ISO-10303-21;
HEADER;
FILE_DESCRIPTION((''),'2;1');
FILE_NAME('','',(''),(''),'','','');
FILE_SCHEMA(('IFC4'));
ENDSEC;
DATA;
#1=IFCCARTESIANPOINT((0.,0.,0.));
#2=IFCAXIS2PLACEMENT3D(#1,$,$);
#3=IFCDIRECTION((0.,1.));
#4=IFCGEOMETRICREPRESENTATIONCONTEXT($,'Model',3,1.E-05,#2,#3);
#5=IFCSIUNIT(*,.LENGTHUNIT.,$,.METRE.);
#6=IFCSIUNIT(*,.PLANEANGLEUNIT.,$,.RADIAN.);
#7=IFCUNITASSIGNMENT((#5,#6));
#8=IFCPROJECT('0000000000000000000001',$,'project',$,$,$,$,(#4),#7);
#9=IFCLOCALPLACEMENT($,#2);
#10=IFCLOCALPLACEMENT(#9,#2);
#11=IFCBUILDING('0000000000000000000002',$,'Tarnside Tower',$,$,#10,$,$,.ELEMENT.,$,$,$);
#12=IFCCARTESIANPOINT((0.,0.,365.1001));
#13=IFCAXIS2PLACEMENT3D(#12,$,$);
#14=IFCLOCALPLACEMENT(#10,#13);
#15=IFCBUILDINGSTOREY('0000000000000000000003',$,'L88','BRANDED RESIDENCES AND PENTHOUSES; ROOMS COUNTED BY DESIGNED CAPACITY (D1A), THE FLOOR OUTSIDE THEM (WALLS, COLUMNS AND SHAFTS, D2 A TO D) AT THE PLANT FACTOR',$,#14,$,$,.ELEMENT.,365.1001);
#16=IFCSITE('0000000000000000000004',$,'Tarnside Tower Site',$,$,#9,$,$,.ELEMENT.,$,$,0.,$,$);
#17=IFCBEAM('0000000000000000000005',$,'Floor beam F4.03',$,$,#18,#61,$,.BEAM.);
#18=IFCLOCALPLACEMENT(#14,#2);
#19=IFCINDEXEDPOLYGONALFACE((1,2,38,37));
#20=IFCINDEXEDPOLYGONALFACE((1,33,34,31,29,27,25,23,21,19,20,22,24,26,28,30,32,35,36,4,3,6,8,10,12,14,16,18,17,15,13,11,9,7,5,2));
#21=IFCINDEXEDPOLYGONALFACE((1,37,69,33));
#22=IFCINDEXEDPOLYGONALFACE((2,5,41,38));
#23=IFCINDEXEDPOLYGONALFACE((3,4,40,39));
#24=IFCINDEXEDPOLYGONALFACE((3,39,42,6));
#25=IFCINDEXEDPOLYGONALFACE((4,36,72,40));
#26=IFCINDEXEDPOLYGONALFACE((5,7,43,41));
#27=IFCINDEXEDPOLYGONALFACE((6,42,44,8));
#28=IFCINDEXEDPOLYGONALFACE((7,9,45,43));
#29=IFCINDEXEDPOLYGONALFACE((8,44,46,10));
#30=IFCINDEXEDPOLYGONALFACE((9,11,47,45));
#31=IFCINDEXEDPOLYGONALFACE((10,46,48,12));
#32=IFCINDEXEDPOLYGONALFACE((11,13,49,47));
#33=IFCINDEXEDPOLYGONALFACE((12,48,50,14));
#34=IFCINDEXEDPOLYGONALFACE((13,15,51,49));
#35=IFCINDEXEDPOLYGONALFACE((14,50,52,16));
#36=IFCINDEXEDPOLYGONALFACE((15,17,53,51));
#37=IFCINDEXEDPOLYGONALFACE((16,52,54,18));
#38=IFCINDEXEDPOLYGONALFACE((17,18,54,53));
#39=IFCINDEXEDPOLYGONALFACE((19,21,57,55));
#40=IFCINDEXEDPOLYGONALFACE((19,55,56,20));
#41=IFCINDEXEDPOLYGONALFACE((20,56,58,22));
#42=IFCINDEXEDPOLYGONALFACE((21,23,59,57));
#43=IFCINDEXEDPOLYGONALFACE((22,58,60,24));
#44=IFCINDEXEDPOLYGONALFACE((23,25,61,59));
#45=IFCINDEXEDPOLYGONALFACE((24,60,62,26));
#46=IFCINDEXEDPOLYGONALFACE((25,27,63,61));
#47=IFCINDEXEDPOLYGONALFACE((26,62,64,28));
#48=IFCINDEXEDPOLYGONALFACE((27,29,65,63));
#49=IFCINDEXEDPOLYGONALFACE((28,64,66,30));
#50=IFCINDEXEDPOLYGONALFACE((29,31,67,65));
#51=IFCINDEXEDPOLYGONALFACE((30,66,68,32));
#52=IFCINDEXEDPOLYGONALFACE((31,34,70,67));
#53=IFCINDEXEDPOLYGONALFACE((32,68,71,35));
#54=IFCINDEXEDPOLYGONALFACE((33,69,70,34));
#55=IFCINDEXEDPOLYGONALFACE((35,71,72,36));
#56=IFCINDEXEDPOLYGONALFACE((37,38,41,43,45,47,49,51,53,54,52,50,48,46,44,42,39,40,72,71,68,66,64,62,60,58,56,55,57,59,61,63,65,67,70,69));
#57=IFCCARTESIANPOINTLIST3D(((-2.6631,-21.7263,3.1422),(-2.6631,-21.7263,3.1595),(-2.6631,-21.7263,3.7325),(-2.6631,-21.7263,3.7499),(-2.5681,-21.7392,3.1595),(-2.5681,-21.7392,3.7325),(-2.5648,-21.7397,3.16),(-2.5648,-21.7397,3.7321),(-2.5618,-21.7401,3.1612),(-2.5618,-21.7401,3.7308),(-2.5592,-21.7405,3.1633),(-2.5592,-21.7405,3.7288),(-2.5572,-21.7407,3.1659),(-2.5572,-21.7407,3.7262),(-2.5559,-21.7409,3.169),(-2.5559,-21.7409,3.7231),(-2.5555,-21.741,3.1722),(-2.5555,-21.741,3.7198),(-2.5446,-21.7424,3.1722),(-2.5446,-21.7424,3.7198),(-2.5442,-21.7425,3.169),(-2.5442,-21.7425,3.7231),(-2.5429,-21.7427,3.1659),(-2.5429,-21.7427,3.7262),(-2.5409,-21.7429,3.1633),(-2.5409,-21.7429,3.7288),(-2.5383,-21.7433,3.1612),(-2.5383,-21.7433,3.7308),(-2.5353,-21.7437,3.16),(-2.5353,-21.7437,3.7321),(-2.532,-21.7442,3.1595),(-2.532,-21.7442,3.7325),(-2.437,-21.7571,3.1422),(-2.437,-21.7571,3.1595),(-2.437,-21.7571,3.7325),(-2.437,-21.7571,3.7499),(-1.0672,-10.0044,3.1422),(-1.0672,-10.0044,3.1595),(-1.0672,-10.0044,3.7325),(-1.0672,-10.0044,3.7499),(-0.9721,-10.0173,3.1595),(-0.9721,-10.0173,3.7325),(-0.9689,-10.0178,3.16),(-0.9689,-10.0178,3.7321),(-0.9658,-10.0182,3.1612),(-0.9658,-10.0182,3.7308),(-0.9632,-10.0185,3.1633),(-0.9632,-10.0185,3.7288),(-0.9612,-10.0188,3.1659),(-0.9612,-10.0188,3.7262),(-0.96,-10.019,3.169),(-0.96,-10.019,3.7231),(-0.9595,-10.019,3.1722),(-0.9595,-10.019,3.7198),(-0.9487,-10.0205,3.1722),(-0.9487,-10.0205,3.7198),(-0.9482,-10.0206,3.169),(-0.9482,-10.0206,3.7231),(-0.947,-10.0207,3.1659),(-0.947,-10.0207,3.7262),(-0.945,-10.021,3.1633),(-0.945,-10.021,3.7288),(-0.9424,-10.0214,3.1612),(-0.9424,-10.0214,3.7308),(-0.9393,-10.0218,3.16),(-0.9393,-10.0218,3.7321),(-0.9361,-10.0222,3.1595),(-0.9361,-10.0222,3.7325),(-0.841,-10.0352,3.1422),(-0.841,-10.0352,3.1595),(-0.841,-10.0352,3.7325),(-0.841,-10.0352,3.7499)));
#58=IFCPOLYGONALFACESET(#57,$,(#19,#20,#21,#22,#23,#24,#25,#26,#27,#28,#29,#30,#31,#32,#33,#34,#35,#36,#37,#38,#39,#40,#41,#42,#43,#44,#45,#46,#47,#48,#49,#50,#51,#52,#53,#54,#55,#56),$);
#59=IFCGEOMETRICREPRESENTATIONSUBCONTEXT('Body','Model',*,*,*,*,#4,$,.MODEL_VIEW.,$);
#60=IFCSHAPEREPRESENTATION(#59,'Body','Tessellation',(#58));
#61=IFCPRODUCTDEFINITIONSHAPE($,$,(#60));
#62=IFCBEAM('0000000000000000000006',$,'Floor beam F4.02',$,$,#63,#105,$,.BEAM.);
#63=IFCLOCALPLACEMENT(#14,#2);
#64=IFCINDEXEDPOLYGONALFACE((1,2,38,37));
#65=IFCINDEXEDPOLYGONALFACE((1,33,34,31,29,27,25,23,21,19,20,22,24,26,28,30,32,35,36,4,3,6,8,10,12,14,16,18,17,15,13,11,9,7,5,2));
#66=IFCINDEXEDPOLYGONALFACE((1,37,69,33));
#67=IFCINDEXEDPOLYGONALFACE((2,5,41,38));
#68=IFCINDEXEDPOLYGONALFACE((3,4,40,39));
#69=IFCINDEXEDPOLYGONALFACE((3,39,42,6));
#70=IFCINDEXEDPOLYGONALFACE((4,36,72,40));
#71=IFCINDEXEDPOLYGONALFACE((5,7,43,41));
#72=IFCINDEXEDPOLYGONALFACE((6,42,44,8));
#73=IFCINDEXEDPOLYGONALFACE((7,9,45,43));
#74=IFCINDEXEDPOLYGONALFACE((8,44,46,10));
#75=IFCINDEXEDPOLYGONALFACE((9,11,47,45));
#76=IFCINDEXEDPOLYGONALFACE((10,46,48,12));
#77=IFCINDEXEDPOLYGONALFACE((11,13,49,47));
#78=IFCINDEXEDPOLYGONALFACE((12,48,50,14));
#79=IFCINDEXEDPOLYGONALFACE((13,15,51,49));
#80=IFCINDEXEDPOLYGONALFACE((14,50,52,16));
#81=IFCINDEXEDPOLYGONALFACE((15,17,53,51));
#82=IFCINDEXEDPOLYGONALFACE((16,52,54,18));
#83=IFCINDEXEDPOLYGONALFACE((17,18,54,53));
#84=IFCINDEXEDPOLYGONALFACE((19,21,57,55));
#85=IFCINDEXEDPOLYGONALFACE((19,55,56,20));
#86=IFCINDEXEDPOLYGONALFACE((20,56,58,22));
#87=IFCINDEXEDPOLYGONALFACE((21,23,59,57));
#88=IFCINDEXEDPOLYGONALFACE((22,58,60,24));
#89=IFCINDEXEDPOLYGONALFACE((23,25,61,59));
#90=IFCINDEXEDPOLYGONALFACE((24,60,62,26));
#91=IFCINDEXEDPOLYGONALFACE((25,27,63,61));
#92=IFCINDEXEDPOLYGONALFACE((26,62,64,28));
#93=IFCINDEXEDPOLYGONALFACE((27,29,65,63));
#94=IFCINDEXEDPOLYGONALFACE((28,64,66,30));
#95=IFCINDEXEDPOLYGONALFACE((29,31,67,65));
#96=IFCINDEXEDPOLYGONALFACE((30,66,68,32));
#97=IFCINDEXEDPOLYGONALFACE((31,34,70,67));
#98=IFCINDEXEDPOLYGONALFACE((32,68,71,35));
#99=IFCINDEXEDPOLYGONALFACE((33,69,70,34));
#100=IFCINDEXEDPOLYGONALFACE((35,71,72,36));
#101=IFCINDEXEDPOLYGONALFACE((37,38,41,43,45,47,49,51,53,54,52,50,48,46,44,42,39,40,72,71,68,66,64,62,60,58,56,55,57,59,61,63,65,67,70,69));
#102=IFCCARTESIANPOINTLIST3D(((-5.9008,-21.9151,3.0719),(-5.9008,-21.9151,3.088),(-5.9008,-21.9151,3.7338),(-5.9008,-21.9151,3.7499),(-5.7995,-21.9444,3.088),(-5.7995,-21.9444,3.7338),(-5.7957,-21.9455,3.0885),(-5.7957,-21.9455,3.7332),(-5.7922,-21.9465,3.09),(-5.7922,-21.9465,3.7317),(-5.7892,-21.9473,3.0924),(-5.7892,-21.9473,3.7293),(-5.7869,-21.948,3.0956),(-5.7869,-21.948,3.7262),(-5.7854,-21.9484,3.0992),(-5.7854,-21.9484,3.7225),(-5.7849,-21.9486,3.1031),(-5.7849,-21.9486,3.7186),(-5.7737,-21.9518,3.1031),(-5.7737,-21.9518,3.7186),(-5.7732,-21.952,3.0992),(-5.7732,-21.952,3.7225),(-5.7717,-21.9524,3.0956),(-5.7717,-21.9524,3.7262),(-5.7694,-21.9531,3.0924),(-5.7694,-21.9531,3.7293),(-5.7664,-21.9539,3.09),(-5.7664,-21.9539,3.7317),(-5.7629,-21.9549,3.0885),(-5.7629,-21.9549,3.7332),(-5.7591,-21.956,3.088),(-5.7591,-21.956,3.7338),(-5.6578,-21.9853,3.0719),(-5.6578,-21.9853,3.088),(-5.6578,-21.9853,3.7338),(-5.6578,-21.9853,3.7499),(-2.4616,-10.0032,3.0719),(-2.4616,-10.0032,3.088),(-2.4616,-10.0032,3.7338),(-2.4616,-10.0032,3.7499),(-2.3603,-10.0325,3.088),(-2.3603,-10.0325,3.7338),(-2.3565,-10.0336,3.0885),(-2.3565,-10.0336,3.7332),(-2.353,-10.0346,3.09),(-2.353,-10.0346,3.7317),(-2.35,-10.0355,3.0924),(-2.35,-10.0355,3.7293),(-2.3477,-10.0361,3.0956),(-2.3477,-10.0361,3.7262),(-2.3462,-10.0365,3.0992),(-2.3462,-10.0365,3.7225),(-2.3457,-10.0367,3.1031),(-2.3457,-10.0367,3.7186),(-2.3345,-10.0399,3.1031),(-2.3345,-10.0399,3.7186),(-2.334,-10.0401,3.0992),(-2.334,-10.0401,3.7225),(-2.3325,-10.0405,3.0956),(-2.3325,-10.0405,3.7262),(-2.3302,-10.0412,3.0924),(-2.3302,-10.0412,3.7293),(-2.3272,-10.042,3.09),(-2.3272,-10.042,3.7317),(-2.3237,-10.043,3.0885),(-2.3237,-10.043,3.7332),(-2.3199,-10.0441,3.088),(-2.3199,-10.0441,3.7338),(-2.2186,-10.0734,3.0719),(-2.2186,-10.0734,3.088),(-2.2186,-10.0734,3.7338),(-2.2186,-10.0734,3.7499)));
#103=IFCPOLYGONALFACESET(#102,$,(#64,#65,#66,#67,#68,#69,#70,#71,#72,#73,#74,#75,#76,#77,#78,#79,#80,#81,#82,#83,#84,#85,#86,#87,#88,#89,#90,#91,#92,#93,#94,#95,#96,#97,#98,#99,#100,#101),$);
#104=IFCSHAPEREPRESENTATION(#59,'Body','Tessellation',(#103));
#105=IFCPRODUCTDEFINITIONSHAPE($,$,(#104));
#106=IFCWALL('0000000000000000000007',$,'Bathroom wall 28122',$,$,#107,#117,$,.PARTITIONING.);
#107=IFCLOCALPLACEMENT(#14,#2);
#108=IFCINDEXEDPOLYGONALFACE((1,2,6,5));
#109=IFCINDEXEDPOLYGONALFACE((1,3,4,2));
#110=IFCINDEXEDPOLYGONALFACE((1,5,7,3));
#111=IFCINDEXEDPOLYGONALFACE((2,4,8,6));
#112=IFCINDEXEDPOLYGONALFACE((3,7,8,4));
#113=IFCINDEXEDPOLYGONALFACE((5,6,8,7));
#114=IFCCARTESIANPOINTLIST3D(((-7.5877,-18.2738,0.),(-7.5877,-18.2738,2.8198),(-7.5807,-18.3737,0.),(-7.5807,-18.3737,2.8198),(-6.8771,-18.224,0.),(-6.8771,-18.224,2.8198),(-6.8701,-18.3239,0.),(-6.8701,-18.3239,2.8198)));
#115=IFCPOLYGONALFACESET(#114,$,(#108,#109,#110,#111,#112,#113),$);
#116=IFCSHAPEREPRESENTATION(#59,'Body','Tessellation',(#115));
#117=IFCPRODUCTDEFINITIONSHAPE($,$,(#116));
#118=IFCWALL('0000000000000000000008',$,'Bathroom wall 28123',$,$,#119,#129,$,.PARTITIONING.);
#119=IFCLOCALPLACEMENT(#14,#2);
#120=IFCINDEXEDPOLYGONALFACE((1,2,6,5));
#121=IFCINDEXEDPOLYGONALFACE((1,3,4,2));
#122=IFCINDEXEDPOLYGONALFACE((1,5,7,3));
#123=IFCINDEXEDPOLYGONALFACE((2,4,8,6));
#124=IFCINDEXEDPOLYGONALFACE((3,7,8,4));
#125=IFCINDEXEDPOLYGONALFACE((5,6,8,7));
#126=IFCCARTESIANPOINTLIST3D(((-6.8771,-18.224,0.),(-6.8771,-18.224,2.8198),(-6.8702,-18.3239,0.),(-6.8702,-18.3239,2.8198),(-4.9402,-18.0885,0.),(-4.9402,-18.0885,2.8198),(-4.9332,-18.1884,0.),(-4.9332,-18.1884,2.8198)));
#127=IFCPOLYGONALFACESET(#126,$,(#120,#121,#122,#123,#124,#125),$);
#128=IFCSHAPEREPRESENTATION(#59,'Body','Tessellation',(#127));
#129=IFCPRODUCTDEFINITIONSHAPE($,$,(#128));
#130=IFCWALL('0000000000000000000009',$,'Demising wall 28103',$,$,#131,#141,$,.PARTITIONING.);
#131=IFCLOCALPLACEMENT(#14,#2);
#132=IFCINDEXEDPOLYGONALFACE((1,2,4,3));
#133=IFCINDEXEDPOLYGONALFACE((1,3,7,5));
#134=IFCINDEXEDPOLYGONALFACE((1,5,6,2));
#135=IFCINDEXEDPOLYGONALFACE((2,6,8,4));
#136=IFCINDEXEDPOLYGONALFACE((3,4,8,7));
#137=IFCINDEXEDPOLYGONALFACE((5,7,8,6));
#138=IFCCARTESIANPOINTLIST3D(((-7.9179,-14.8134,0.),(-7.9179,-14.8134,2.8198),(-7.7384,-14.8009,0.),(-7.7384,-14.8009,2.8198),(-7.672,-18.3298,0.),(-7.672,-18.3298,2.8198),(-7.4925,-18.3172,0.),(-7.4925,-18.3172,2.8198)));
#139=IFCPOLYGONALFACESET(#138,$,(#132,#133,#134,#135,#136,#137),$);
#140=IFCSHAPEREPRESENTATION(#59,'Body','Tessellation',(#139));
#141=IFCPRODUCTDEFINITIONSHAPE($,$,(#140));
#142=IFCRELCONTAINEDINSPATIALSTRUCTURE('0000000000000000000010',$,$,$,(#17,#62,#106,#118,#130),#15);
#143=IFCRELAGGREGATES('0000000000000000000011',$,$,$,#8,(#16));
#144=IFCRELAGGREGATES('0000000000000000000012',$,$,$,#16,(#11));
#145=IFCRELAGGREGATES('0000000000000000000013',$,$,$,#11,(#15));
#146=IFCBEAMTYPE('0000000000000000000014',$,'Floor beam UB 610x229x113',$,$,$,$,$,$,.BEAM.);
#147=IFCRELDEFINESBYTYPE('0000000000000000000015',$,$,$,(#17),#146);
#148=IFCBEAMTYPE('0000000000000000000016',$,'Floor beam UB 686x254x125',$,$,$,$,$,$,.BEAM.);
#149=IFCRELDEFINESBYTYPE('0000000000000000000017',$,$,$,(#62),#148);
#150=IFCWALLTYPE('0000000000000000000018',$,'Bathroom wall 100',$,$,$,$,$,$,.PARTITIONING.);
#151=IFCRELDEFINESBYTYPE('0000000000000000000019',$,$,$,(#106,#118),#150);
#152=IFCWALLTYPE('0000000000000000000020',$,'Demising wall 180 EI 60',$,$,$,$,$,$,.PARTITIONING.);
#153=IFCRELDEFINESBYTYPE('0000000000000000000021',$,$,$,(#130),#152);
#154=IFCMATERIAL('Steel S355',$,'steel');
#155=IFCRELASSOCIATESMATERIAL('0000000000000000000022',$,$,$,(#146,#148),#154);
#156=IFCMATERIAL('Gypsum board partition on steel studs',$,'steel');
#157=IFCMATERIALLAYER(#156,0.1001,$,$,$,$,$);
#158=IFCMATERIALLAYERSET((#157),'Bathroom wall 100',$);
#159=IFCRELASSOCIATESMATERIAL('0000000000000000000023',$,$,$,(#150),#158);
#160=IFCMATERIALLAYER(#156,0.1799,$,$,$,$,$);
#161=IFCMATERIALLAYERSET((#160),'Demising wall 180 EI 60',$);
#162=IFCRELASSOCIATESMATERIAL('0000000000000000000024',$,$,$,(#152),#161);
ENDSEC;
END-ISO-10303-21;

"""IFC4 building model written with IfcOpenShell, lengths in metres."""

from ifc_helpers import new_model, si_unit, direction, frame, frame_2d, origin, origin_2d, place, context, subcontext, project, spatial, rectangle, i_section, extrude, material, layer, layer_set, material_profile, profile_set, type_object, element, save


model = new_model("IFC4")

# Units and contexts
model_context = context("Model", 3, precision=1e-05, world=origin(), true_north=direction((0.0, 1.0)))
body_context = subcontext(model_context, "Body", "Model", "MODEL_VIEW")
ifc_project = project(units=[si_unit("LENGTHUNIT", "METRE"), si_unit("PLANEANGLEUNIT", "RADIAN")], contexts=[model_context])

# Site, building, storey
site_placement = place(None, origin())
site = spatial("IfcSite", under=ifc_project, at=site_placement, Name="Tarnside Tower Site", CompositionType="ELEMENT", RefElevation=0.0)
building_placement = place(site_placement, origin())
building = spatial("IfcBuilding", under=site, at=building_placement, Name="Tarnside Tower", CompositionType="ELEMENT")
storey_placement = place(building_placement, frame((0.0, 0.0, 365.1001)))
storey = spatial("IfcBuildingStorey", under=building, at=storey_placement, Name="L88", Description="BRANDED RESIDENCES AND PENTHOUSES; ROOMS COUNTED BY DESIGNED CAPACITY (D1A), THE FLOOR OUTSIDE THEM (WALLS, COLUMNS AND SHAFTS, D2 A TO D) AT THE PLANT FACTOR", CompositionType="ELEMENT", Elevation=365.1001)

# Beams
ifc_material_1 = material(Name="Steel S355", Category="steel")
ifc_material_profile_1 = material_profile(ifc_material_1, i_section(OverallWidth=0.2283, OverallDepth=0.6077, WebThickness=0.011, FlangeThickness=0.0173, FilletRadius=0.0127, at=origin_2d()), Name="UB 610x229x113")
ifc_profile_set_1 = profile_set([ifc_material_profile_1], Name="Steel S355")
beam_type_1 = type_object("IfcBeamType", Name="Floor beam UB 610x229x113", PredefinedType="BEAM", material=ifc_profile_set_1)
beam_1_placement = place(storey_placement, frame((-2.55, -21.7417, 3.446), z_axis=(0.134906, 0.990858, 0.0), x_axis=(-0.990858, 0.134906, 0.0)))
element("IfcBeam", 1, at=beam_1_placement, inside=storey, type_object=beam_type_1, Name="Floor beam F4.03", PredefinedType="BEAM", context=body_context, shape_type="SweptSolid", body=[
    extrude(i_section(OverallWidth=0.2283, OverallDepth=0.6077, WebThickness=0.011, FlangeThickness=0.0173, FilletRadius=0.0127, at=origin_2d()), origin(), (0.0, 0.0, 1.0), 11.8301),
])
ifc_material_profile_2 = material_profile(ifc_material_1, i_section(OverallWidth=0.2529, OverallDepth=0.678, WebThickness=0.0117, FlangeThickness=0.0161, FilletRadius=0.0151, at=origin_2d()), Name="UB 686x254x125")
ifc_profile_set_2 = profile_set([ifc_material_profile_2], Name="Steel S355")
beam_type_2 = type_object("IfcBeamType", Name="Floor beam UB 686x254x125", PredefinedType="BEAM", material=ifc_profile_set_2)
beam_2_placement = place(storey_placement, frame((-5.7793, -21.9502, 3.4109), z_axis=(0.277391, 0.960757, 0.0), x_axis=(-0.960757, 0.277391, 0.0)))
element("IfcBeam", 2, at=beam_2_placement, inside=storey, type_object=beam_type_2, Name="Floor beam F4.02", PredefinedType="BEAM", context=body_context, shape_type="SweptSolid", body=[
    extrude(i_section(OverallWidth=0.2529, OverallDepth=0.678, WebThickness=0.0117, FlangeThickness=0.0161, FilletRadius=0.0151, at=origin_2d()), origin(), (0.0, 0.0, 1.0), 12.3984),
])

# Walls
ifc_material_2 = material(Name="Gypsum board partition on steel studs", Category="steel")
ifc_layer_1 = layer(ifc_material_2, 0.1001)
ifc_layer_set_1 = layer_set([ifc_layer_1], Name="Bathroom wall 100")
wall_type_1 = type_object("IfcWallType", Name="Bathroom wall 100", PredefinedType="PARTITIONING", material=ifc_layer_set_1)
wall_1_placement = place(storey_placement, frame((-7.5842, -18.3237, 0.0), z_axis=(0.0, 0.0, 1.0), x_axis=(0.997553, 0.069908, 0.0)))
element("IfcWall", 3, at=wall_1_placement, inside=storey, type_object=wall_type_1, Name="Bathroom wall 28122", PredefinedType="PARTITIONING", context=body_context, shape_type="SweptSolid", body=[
    extrude(rectangle(XDim=0.7124, YDim=0.1001, at=frame_2d((0.3562, 0.0))), origin(), (0.0, 0.0, 1.0), 2.8198),
])
wall_2_placement = place(storey_placement, frame((-6.8735, -18.2739, 0.0), z_axis=(0.0, 0.0, 1.0), x_axis=(0.997562, 0.069782, 0.0)))
element("IfcWall", 4, at=wall_2_placement, inside=storey, type_object=wall_type_1, Name="Bathroom wall 28123", PredefinedType="PARTITIONING", context=body_context, shape_type="SweptSolid", body=[
    extrude(rectangle(XDim=1.9417, YDim=0.1001, at=frame_2d((0.9707, 0.0))), origin(), (0.0, 0.0, 1.0), 2.8198),
])
ifc_layer_2 = layer(ifc_material_2, 0.1799)
ifc_layer_set_2 = layer_set([ifc_layer_2], Name="Demising wall 180 EI 60")
wall_type_2 = type_object("IfcWallType", Name="Demising wall 180 EI 60", PredefinedType="PARTITIONING", material=ifc_layer_set_2)
wall_3_placement = place(storey_placement, frame((-7.5823, -18.3235, 0.0), z_axis=(0.0, 0.0, 1.0), x_axis=(-0.069746, 0.997565, 0.0)))
element("IfcWall", 5, at=wall_3_placement, inside=storey, type_object=wall_type_2, Name="Demising wall 28103", PredefinedType="PARTITIONING", context=body_context, shape_type="SweptSolid", body=[
    extrude(rectangle(XDim=3.5249, YDim=0.1799, at=frame_2d((1.7625, 0.0))), origin(), (0.0, 0.0, 1.0), 2.8198),
])

save(model, "model.ifc")
